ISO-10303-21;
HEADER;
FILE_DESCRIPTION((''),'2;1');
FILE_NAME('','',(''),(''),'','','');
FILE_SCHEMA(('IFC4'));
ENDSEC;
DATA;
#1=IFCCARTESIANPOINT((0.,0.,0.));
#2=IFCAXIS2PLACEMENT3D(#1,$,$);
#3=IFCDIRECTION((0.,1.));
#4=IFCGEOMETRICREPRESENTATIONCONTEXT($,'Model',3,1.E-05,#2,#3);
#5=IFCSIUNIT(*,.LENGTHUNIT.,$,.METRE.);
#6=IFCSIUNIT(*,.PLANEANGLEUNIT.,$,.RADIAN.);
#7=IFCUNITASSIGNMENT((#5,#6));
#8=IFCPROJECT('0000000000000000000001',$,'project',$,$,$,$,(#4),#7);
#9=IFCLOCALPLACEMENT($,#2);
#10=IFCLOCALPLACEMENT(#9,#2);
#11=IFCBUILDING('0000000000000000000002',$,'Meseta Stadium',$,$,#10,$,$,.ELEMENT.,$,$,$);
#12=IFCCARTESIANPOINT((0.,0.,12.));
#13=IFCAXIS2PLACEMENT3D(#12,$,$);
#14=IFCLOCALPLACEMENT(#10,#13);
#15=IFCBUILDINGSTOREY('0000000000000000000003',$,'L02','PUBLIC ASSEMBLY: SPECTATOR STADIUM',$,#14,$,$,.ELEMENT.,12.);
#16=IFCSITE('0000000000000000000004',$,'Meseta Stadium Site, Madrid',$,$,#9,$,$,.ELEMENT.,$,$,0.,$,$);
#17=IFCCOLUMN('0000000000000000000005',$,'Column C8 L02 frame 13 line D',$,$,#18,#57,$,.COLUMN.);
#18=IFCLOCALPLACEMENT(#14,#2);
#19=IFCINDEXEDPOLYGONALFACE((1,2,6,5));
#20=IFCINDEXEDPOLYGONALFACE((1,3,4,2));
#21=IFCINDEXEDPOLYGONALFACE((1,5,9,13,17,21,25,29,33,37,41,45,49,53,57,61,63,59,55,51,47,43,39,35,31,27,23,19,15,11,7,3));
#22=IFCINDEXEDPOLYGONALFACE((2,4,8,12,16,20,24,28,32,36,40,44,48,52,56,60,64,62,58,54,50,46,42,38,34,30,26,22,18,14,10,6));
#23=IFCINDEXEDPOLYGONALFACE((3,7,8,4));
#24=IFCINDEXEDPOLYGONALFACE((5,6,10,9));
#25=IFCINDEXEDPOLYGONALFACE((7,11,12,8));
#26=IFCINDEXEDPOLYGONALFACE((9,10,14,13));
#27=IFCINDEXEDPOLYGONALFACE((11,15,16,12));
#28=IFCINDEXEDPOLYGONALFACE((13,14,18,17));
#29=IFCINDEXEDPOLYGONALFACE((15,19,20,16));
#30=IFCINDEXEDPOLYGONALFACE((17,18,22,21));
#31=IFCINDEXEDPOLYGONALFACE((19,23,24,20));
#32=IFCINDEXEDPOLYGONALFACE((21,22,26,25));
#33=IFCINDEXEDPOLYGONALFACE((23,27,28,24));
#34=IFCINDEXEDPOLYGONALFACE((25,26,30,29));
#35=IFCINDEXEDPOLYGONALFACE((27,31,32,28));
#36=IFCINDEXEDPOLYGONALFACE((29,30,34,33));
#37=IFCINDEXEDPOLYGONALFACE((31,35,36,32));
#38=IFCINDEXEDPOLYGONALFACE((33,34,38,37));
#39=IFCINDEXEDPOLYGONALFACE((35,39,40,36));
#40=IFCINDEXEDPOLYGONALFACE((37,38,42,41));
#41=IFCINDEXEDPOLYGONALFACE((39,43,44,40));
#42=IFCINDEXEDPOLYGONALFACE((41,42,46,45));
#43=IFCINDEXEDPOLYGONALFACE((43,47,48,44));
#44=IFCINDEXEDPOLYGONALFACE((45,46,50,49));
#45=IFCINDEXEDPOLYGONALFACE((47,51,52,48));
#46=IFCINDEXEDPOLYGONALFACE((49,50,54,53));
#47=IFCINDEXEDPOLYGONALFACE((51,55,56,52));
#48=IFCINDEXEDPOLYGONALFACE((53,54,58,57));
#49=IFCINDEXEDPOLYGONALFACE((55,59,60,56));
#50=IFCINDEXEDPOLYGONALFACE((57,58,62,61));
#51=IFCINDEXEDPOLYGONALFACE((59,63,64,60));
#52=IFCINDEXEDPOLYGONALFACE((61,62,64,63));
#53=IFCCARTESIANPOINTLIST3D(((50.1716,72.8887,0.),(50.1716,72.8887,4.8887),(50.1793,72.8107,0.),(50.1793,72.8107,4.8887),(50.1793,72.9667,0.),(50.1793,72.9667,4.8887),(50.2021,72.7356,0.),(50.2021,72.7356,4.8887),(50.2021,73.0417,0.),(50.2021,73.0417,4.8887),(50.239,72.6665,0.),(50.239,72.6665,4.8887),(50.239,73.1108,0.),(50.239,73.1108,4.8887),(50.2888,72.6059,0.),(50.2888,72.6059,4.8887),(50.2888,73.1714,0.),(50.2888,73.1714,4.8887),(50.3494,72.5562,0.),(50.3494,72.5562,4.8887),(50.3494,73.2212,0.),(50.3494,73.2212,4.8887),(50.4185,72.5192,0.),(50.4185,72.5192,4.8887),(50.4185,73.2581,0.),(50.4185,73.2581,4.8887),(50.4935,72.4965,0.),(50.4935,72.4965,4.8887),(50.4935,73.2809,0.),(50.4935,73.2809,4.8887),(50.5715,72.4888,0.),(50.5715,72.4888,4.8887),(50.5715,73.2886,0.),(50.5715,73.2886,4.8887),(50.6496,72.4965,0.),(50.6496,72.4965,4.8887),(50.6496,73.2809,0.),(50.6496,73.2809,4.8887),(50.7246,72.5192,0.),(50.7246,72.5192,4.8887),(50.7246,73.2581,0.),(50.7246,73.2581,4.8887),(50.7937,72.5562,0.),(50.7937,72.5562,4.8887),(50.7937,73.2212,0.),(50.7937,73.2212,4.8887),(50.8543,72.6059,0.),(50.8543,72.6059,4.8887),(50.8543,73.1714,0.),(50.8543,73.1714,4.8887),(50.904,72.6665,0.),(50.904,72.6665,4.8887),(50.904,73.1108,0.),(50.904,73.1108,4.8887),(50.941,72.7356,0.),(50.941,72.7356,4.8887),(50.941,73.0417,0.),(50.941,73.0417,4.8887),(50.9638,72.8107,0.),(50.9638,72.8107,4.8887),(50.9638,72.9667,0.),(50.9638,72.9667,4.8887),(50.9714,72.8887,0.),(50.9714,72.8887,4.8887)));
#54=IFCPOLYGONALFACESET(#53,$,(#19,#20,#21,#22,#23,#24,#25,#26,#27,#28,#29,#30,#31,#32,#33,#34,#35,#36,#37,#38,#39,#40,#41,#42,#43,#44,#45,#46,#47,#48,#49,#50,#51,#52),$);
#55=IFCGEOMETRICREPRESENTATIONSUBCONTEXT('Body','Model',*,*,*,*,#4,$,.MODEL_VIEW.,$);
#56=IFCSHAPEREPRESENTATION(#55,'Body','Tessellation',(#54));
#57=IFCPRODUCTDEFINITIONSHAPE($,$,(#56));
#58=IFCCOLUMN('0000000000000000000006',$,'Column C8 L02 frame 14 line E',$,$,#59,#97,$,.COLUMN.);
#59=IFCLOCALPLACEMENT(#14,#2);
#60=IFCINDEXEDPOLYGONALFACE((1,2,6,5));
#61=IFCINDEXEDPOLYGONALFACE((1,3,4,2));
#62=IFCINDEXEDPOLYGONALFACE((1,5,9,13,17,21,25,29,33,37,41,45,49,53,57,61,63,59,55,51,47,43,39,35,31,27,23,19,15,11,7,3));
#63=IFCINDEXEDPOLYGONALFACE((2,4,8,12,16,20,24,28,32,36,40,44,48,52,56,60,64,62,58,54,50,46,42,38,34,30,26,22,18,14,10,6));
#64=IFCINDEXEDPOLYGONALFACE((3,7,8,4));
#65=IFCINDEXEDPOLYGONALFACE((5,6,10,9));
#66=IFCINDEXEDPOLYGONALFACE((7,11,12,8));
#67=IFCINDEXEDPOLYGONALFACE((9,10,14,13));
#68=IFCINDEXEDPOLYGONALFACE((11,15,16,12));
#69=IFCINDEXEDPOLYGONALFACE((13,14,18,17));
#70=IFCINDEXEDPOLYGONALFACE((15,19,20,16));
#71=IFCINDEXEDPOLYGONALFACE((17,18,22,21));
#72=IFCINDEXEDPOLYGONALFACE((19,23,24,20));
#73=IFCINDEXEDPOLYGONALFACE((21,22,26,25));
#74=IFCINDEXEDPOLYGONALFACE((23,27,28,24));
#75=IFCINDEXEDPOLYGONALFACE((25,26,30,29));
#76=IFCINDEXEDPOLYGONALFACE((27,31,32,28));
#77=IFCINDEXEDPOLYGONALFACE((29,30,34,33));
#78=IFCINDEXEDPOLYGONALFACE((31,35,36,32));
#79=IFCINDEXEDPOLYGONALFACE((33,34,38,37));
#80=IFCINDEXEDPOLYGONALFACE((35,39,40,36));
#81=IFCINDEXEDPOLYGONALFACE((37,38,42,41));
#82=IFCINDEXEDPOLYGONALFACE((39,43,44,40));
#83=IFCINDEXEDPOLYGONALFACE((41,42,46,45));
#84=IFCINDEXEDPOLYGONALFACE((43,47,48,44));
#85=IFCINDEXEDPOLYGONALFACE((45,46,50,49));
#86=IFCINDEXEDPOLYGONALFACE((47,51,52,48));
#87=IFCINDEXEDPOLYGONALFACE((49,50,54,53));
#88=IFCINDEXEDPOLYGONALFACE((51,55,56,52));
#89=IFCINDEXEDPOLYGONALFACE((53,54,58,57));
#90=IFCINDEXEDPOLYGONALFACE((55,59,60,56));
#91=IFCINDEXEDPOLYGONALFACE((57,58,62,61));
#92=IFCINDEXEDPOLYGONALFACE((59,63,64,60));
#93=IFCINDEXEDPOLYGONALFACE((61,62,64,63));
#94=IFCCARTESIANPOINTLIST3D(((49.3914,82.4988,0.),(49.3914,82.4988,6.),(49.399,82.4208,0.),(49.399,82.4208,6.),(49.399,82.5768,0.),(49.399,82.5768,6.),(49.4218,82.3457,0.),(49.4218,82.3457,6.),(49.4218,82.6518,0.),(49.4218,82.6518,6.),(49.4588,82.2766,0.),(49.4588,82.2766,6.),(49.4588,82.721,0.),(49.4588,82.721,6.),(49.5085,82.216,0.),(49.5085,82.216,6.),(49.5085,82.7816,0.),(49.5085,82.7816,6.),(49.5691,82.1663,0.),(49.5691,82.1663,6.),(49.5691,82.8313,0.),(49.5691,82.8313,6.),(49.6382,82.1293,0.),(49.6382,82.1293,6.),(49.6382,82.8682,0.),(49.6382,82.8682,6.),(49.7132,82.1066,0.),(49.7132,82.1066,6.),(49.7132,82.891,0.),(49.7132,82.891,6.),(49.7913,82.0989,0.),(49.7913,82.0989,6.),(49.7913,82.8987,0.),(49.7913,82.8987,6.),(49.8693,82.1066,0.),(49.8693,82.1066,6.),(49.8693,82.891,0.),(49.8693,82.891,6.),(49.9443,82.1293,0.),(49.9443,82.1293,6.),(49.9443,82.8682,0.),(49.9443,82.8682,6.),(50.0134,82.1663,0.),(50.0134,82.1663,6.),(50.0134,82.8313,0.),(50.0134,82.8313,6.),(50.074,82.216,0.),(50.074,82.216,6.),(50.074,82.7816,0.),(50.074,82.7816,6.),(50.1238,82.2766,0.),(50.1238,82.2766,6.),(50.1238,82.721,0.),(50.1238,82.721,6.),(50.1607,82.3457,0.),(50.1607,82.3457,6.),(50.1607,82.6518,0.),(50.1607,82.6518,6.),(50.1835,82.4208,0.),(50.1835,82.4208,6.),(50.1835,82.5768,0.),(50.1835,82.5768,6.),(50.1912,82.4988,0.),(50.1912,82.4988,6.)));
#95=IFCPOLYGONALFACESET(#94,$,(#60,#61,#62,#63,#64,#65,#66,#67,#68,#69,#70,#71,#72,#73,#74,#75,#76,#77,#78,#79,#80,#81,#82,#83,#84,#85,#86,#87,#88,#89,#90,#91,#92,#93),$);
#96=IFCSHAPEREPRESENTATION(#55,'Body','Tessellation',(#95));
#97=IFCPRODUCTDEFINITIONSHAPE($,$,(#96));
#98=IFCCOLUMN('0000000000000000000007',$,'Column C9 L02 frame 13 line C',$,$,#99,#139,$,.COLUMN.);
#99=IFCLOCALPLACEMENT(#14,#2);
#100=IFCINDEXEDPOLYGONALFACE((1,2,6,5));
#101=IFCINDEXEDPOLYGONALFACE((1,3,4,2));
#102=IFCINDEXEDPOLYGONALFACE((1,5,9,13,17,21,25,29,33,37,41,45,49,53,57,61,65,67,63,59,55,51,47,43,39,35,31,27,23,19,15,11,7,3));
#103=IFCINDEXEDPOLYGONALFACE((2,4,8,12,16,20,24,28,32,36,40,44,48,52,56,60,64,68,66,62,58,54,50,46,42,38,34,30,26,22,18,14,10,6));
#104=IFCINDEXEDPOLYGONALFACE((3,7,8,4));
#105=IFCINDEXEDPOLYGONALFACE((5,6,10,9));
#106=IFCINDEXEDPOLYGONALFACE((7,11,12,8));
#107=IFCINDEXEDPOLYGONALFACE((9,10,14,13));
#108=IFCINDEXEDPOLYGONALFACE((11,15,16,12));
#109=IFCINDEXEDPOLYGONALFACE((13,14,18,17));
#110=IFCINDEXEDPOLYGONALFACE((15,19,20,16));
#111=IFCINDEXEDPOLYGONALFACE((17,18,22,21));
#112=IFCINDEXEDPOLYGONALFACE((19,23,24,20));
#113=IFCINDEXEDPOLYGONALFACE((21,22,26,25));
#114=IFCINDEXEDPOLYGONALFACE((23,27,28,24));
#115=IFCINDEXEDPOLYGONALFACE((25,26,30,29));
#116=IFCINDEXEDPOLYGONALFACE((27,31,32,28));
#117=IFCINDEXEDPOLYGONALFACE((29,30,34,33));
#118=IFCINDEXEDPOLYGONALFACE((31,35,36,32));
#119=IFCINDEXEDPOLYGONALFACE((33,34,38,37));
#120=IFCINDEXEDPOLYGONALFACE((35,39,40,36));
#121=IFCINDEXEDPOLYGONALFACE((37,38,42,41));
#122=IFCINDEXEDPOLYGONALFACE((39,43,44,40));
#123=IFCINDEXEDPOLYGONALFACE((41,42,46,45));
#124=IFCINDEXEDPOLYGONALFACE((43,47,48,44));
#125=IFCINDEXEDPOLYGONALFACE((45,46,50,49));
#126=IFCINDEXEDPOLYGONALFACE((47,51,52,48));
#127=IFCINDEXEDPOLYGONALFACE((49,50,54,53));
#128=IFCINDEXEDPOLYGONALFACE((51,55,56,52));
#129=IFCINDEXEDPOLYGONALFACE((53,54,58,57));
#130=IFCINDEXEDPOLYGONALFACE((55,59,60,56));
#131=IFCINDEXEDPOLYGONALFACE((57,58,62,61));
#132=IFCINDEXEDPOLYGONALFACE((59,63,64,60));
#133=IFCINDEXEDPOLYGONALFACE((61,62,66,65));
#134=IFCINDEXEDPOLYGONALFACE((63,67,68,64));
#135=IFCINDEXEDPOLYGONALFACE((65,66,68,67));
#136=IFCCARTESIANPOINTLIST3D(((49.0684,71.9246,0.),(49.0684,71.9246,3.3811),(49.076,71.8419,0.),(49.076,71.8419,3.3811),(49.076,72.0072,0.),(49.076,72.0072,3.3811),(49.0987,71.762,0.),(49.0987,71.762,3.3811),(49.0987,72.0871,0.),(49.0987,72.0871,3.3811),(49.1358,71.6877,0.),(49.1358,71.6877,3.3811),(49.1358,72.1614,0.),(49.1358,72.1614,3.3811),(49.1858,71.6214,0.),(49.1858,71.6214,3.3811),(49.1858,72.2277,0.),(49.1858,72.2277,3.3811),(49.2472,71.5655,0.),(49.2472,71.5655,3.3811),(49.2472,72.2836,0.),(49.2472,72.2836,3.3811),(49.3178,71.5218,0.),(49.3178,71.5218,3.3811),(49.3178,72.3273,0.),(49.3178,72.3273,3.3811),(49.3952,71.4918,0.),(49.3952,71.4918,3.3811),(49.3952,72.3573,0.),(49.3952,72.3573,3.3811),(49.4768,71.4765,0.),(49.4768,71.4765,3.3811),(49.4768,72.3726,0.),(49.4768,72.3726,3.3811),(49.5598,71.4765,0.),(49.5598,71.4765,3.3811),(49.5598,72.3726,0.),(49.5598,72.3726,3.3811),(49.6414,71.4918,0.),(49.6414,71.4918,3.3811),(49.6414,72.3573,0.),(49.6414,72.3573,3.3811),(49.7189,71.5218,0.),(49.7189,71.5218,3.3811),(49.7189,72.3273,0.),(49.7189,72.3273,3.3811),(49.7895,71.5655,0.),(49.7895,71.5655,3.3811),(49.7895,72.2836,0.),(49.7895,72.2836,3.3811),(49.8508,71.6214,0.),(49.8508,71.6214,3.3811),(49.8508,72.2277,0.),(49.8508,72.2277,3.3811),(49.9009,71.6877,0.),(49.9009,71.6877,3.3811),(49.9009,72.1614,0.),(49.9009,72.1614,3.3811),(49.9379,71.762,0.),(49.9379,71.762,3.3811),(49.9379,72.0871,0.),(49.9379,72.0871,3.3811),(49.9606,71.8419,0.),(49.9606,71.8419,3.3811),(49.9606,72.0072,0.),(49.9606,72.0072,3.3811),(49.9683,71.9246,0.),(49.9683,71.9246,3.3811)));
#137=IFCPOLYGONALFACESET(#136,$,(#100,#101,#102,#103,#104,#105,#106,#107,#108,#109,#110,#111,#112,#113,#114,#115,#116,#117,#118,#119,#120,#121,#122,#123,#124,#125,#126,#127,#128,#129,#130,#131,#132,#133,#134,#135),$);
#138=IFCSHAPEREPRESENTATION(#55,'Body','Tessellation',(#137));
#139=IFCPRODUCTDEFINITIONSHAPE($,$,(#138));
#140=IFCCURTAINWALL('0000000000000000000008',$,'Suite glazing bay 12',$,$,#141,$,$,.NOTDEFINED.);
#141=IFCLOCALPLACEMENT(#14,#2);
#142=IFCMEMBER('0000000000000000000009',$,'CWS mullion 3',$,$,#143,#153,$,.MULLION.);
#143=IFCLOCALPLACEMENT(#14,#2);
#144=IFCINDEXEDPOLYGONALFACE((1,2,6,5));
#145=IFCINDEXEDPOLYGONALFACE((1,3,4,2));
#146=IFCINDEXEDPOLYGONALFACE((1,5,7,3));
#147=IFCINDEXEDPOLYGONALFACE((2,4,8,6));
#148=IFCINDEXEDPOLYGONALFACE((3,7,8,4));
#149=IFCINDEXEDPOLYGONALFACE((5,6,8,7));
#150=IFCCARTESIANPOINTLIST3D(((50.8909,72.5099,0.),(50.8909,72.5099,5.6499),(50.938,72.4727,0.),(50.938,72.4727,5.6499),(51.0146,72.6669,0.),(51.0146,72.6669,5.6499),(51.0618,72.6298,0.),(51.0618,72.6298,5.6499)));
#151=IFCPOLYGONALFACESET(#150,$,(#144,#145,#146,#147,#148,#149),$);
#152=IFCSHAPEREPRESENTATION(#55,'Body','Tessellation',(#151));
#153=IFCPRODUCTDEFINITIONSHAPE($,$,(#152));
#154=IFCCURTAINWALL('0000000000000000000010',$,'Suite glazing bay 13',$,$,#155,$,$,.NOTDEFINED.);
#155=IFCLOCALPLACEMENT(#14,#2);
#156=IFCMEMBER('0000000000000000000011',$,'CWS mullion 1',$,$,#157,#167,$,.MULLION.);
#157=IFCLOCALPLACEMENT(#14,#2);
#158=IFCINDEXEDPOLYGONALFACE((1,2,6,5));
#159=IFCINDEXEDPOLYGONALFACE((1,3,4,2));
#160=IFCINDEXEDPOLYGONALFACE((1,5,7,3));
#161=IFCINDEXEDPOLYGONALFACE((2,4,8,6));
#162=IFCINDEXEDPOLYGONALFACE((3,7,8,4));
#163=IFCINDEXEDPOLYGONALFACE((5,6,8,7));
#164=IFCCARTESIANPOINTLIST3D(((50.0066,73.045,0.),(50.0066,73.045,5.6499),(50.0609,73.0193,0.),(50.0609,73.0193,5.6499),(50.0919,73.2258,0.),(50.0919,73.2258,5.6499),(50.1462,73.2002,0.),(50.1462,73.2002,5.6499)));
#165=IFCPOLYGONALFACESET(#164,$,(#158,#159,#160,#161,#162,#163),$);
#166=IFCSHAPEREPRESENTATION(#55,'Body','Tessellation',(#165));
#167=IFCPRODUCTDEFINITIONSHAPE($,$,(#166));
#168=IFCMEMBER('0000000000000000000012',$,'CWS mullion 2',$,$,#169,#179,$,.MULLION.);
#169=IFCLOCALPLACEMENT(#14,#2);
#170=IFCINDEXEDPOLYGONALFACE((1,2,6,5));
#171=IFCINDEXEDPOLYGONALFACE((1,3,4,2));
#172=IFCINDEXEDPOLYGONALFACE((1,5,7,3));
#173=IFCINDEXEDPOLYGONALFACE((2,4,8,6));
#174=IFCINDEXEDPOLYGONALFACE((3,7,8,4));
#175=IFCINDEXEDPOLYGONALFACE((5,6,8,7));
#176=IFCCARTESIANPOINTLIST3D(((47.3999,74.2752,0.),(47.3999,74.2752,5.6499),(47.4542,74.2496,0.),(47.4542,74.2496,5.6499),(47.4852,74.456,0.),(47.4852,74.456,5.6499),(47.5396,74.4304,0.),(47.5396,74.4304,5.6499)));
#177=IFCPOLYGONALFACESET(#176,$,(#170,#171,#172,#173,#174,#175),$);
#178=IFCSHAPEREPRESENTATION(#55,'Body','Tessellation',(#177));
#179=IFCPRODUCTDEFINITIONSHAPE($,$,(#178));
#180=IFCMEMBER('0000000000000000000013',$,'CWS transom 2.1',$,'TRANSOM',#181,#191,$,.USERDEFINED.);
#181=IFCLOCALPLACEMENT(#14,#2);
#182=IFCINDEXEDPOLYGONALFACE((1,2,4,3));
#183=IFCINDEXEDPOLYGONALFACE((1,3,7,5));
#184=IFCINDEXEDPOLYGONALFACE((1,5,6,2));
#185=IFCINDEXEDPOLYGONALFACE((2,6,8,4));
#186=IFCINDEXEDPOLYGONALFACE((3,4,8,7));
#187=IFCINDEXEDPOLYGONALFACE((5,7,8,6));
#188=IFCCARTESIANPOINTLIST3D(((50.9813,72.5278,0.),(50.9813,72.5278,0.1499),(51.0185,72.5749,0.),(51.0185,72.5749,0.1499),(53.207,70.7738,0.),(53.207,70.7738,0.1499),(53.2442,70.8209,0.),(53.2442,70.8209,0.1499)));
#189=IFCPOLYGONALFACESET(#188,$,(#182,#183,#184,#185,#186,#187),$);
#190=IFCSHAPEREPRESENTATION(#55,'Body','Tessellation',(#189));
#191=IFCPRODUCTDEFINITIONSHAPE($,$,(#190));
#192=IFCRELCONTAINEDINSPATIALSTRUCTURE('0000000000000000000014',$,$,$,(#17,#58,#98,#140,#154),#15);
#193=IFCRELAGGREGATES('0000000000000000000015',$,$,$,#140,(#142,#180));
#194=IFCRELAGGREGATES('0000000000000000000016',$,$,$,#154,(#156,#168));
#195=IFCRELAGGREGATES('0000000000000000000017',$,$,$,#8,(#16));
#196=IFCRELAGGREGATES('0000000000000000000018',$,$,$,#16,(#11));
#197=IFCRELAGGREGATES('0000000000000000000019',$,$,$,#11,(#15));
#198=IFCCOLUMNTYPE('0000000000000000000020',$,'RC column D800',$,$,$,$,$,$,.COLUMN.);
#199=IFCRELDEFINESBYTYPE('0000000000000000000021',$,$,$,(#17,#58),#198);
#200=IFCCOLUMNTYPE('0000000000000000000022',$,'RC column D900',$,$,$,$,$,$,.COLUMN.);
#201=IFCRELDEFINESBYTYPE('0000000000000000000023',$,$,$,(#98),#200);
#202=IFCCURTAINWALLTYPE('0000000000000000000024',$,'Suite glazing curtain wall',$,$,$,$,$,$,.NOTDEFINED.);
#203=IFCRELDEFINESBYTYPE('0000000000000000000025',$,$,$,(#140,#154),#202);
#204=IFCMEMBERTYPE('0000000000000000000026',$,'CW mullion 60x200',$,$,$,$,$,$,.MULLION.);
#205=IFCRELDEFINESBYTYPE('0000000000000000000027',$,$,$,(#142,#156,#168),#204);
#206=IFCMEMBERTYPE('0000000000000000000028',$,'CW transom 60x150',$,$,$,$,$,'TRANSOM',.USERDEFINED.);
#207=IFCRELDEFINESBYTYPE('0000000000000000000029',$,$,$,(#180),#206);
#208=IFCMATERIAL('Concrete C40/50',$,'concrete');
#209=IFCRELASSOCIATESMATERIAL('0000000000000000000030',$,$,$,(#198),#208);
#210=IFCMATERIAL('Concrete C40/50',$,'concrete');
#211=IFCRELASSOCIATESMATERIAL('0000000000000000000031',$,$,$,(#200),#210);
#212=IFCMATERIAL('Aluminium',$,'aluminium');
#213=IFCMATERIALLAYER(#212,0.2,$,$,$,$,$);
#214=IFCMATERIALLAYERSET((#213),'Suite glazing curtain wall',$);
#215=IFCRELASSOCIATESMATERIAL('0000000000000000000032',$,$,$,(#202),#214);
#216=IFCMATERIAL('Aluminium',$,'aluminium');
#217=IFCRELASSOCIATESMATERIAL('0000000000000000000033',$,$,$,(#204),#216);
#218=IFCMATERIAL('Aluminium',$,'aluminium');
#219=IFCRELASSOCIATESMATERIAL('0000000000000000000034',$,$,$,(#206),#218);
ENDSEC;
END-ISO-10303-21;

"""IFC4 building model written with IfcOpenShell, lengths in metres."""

from ifc_helpers import new_model, si_unit, direction, frame, origin, origin_2d, place, context, subcontext, project, spatial, rectangle, circle, extrude, material, layer, layer_set, material_profile, profile_set, type_object, element, aggregate, save


model = new_model("IFC4")

# Units and contexts
model_context = context("Model", 3, precision=1e-05, world=origin(), true_north=direction((0.0, 1.0)))
body_context = subcontext(model_context, "Body", "Model", "MODEL_VIEW")
ifc_project = project(units=[si_unit("LENGTHUNIT", "METRE"), si_unit("PLANEANGLEUNIT", "RADIAN")], contexts=[model_context])

# Site, building, storey
site_placement = place(None, origin())
site = spatial("IfcSite", under=ifc_project, at=site_placement, Name="Meseta Stadium Site, Madrid", CompositionType="ELEMENT", RefElevation=0.0)
building_placement = place(site_placement, origin())
building = spatial("IfcBuilding", under=site, at=building_placement, Name="Meseta Stadium", CompositionType="ELEMENT")
storey_placement = place(building_placement, frame((0.0, 0.0, 12.0)))
storey = spatial("IfcBuildingStorey", under=building, at=storey_placement, Name="L02", Description="PUBLIC ASSEMBLY: SPECTATOR STADIUM", CompositionType="ELEMENT", Elevation=12.0)

# Columns
ifc_material_1 = material(Name="Concrete C40/50", Category="concrete")
ifc_material_profile_1 = material_profile(ifc_material_1, circle(Radius=0.3999, at=origin_2d()), Name="RC D800")
ifc_profile_set_1 = profile_set([ifc_material_profile_1], Name="Concrete C40/50")
column_type_1 = type_object("IfcColumnType", Name="RC column D800", PredefinedType="COLUMN", material=ifc_profile_set_1)
column_1_placement = place(storey_placement, frame((50.5715, 72.8887, 0.0), z_axis=(0.0, 0.0, 1.0), x_axis=(1.0, 0.0, 0.0)))
element("IfcColumn", 1, at=column_1_placement, inside=storey, type_object=column_type_1, Name="Column C8 L02 frame 13 line D", PredefinedType="COLUMN", context=body_context, shape_type="SweptSolid", body=[
    extrude(circle(Radius=0.3999, at=origin_2d()), origin(), (0.0, 0.0, 1.0), 4.8887),
])
column_2_placement = place(storey_placement, frame((49.7913, 82.4988, 0.0), z_axis=(0.0, 0.0, 1.0), x_axis=(1.0, 0.0, 0.0)))
element("IfcColumn", 2, at=column_2_placement, inside=storey, type_object=column_type_1, Name="Column C8 L02 frame 14 line E", PredefinedType="COLUMN", context=body_context, shape_type="SweptSolid", body=[
    extrude(circle(Radius=0.3999, at=origin_2d()), origin(), (0.0, 0.0, 1.0), 6.0),
])
ifc_material_2 = material(Name="Concrete C40/50", Category="concrete")
ifc_material_profile_2 = material_profile(ifc_material_2, circle(Radius=0.45, at=origin_2d()), Name="RC D900")
ifc_profile_set_2 = profile_set([ifc_material_profile_2], Name="Concrete C40/50")
column_type_2 = type_object("IfcColumnType", Name="RC column D900", PredefinedType="COLUMN", material=ifc_profile_set_2)
column_3_placement = place(storey_placement, frame((49.5183, 71.9246, 0.0), z_axis=(0.0, 0.0, 1.0), x_axis=(1.0, 0.0, 0.0)))
element("IfcColumn", 3, at=column_3_placement, inside=storey, type_object=column_type_2, Name="Column C9 L02 frame 13 line C", PredefinedType="COLUMN", context=body_context, shape_type="SweptSolid", body=[
    extrude(circle(Radius=0.45, at=origin_2d()), origin(), (0.0, 0.0, 1.0), 3.3811),
])

# Curtain wall, member
ifc_material_3 = material(Name="Aluminium", Category="aluminium")
ifc_layer_1 = layer(ifc_material_3, 0.2)
ifc_layer_set_1 = layer_set([ifc_layer_1], Name="Suite glazing curtain wall")
curtain_wall_type = type_object("IfcCurtainWallType", Name="Suite glazing curtain wall", PredefinedType="NOTDEFINED", material=ifc_layer_set_1)
curtain_wall_1_placement = place(storey_placement, origin())
curtain_wall_1 = element("IfcCurtainWall", 4, at=curtain_wall_1_placement, inside=storey, type_object=curtain_wall_type, Name="Suite glazing bay 12", PredefinedType="NOTDEFINED")
ifc_material_4 = material(Name="Aluminium", Category="aluminium")
ifc_material_profile_3 = material_profile(ifc_material_4, rectangle(XDim=0.2, YDim=0.0601, at=origin_2d()), Name="CW 200x60")
ifc_profile_set_3 = profile_set([ifc_material_profile_3], Name="Aluminium")
member_type_1 = type_object("IfcMemberType", Name="CW mullion 60x200", PredefinedType="MULLION", material=ifc_profile_set_3)
member_1_placement = place(storey_placement, frame((50.9763, 72.5698, 0.0), z_axis=(0.0, 0.0, 1.0), x_axis=(-0.618944, -0.785435, 0.0)))
member_1 = element("IfcMember", 5, at=member_1_placement, type_object=member_type_1, Name="CWS mullion 3", PredefinedType="MULLION", context=body_context, shape_type="SweptSolid", body=[
    extrude(rectangle(XDim=0.2, YDim=0.0601, at=origin_2d()), origin(), (0.0, 0.0, 1.0), 5.6499),
])

# Curtain wall, members
curtain_wall_2_placement = place(storey_placement, origin())
curtain_wall_2 = element("IfcCurtainWall", 6, at=curtain_wall_2_placement, inside=storey, type_object=curtain_wall_type, Name="Suite glazing bay 13", PredefinedType="NOTDEFINED")
member_2_placement = place(storey_placement, frame((50.0764, 73.1226, 0.0), z_axis=(0.0, 0.0, 1.0), x_axis=(-0.426837, -0.904328, 0.0)))
member_2 = element("IfcMember", 7, at=member_2_placement, type_object=member_type_1, Name="CWS mullion 1", PredefinedType="MULLION", context=body_context, shape_type="SweptSolid", body=[
    extrude(rectangle(XDim=0.2, YDim=0.0601, at=origin_2d()), origin(), (0.0, 0.0, 1.0), 5.6499),
])
member_3_placement = place(storey_placement, frame((47.4697, 74.3528, 0.0), z_axis=(0.0, 0.0, 1.0), x_axis=(-0.426837, -0.904328, 0.0)))
member_3 = element("IfcMember", 8, at=member_3_placement, type_object=member_type_1, Name="CWS mullion 2", PredefinedType="MULLION", context=body_context, shape_type="SweptSolid", body=[
    extrude(rectangle(XDim=0.2, YDim=0.0601, at=origin_2d()), origin(), (0.0, 0.0, 1.0), 5.6499),
])

# Member
ifc_material_5 = material(Name="Aluminium", Category="aluminium")
ifc_material_profile_4 = material_profile(ifc_material_5, rectangle(XDim=0.0601, YDim=0.1499, at=origin_2d()), Name="CW 60x150")
ifc_profile_set_4 = profile_set([ifc_material_profile_4], Name="Aluminium")
member_type_2 = type_object("IfcMemberType", Name="CW transom 60x150", ElementType="TRANSOM", PredefinedType="USERDEFINED", material=ifc_profile_set_4)
member_4_placement = place(storey_placement, frame((53.2256, 70.7974, 0.075), z_axis=(-0.785421, 0.618962, 0.0), x_axis=(-0.618962, -0.785421, 0.0)))
member_4 = element("IfcMember", 9, at=member_4_placement, type_object=member_type_2, Name="CWS transom 2.1", ObjectType="TRANSOM", PredefinedType="USERDEFINED", context=body_context, shape_type="SweptSolid", body=[
    extrude(rectangle(XDim=0.0601, YDim=0.1499, at=origin_2d()), origin(), (0.0, 0.0, 1.0), 2.8337),
])

aggregate(curtain_wall_1, [member_1, member_4])
aggregate(curtain_wall_2, [member_2, member_3])

save(model, "model.ifc")
